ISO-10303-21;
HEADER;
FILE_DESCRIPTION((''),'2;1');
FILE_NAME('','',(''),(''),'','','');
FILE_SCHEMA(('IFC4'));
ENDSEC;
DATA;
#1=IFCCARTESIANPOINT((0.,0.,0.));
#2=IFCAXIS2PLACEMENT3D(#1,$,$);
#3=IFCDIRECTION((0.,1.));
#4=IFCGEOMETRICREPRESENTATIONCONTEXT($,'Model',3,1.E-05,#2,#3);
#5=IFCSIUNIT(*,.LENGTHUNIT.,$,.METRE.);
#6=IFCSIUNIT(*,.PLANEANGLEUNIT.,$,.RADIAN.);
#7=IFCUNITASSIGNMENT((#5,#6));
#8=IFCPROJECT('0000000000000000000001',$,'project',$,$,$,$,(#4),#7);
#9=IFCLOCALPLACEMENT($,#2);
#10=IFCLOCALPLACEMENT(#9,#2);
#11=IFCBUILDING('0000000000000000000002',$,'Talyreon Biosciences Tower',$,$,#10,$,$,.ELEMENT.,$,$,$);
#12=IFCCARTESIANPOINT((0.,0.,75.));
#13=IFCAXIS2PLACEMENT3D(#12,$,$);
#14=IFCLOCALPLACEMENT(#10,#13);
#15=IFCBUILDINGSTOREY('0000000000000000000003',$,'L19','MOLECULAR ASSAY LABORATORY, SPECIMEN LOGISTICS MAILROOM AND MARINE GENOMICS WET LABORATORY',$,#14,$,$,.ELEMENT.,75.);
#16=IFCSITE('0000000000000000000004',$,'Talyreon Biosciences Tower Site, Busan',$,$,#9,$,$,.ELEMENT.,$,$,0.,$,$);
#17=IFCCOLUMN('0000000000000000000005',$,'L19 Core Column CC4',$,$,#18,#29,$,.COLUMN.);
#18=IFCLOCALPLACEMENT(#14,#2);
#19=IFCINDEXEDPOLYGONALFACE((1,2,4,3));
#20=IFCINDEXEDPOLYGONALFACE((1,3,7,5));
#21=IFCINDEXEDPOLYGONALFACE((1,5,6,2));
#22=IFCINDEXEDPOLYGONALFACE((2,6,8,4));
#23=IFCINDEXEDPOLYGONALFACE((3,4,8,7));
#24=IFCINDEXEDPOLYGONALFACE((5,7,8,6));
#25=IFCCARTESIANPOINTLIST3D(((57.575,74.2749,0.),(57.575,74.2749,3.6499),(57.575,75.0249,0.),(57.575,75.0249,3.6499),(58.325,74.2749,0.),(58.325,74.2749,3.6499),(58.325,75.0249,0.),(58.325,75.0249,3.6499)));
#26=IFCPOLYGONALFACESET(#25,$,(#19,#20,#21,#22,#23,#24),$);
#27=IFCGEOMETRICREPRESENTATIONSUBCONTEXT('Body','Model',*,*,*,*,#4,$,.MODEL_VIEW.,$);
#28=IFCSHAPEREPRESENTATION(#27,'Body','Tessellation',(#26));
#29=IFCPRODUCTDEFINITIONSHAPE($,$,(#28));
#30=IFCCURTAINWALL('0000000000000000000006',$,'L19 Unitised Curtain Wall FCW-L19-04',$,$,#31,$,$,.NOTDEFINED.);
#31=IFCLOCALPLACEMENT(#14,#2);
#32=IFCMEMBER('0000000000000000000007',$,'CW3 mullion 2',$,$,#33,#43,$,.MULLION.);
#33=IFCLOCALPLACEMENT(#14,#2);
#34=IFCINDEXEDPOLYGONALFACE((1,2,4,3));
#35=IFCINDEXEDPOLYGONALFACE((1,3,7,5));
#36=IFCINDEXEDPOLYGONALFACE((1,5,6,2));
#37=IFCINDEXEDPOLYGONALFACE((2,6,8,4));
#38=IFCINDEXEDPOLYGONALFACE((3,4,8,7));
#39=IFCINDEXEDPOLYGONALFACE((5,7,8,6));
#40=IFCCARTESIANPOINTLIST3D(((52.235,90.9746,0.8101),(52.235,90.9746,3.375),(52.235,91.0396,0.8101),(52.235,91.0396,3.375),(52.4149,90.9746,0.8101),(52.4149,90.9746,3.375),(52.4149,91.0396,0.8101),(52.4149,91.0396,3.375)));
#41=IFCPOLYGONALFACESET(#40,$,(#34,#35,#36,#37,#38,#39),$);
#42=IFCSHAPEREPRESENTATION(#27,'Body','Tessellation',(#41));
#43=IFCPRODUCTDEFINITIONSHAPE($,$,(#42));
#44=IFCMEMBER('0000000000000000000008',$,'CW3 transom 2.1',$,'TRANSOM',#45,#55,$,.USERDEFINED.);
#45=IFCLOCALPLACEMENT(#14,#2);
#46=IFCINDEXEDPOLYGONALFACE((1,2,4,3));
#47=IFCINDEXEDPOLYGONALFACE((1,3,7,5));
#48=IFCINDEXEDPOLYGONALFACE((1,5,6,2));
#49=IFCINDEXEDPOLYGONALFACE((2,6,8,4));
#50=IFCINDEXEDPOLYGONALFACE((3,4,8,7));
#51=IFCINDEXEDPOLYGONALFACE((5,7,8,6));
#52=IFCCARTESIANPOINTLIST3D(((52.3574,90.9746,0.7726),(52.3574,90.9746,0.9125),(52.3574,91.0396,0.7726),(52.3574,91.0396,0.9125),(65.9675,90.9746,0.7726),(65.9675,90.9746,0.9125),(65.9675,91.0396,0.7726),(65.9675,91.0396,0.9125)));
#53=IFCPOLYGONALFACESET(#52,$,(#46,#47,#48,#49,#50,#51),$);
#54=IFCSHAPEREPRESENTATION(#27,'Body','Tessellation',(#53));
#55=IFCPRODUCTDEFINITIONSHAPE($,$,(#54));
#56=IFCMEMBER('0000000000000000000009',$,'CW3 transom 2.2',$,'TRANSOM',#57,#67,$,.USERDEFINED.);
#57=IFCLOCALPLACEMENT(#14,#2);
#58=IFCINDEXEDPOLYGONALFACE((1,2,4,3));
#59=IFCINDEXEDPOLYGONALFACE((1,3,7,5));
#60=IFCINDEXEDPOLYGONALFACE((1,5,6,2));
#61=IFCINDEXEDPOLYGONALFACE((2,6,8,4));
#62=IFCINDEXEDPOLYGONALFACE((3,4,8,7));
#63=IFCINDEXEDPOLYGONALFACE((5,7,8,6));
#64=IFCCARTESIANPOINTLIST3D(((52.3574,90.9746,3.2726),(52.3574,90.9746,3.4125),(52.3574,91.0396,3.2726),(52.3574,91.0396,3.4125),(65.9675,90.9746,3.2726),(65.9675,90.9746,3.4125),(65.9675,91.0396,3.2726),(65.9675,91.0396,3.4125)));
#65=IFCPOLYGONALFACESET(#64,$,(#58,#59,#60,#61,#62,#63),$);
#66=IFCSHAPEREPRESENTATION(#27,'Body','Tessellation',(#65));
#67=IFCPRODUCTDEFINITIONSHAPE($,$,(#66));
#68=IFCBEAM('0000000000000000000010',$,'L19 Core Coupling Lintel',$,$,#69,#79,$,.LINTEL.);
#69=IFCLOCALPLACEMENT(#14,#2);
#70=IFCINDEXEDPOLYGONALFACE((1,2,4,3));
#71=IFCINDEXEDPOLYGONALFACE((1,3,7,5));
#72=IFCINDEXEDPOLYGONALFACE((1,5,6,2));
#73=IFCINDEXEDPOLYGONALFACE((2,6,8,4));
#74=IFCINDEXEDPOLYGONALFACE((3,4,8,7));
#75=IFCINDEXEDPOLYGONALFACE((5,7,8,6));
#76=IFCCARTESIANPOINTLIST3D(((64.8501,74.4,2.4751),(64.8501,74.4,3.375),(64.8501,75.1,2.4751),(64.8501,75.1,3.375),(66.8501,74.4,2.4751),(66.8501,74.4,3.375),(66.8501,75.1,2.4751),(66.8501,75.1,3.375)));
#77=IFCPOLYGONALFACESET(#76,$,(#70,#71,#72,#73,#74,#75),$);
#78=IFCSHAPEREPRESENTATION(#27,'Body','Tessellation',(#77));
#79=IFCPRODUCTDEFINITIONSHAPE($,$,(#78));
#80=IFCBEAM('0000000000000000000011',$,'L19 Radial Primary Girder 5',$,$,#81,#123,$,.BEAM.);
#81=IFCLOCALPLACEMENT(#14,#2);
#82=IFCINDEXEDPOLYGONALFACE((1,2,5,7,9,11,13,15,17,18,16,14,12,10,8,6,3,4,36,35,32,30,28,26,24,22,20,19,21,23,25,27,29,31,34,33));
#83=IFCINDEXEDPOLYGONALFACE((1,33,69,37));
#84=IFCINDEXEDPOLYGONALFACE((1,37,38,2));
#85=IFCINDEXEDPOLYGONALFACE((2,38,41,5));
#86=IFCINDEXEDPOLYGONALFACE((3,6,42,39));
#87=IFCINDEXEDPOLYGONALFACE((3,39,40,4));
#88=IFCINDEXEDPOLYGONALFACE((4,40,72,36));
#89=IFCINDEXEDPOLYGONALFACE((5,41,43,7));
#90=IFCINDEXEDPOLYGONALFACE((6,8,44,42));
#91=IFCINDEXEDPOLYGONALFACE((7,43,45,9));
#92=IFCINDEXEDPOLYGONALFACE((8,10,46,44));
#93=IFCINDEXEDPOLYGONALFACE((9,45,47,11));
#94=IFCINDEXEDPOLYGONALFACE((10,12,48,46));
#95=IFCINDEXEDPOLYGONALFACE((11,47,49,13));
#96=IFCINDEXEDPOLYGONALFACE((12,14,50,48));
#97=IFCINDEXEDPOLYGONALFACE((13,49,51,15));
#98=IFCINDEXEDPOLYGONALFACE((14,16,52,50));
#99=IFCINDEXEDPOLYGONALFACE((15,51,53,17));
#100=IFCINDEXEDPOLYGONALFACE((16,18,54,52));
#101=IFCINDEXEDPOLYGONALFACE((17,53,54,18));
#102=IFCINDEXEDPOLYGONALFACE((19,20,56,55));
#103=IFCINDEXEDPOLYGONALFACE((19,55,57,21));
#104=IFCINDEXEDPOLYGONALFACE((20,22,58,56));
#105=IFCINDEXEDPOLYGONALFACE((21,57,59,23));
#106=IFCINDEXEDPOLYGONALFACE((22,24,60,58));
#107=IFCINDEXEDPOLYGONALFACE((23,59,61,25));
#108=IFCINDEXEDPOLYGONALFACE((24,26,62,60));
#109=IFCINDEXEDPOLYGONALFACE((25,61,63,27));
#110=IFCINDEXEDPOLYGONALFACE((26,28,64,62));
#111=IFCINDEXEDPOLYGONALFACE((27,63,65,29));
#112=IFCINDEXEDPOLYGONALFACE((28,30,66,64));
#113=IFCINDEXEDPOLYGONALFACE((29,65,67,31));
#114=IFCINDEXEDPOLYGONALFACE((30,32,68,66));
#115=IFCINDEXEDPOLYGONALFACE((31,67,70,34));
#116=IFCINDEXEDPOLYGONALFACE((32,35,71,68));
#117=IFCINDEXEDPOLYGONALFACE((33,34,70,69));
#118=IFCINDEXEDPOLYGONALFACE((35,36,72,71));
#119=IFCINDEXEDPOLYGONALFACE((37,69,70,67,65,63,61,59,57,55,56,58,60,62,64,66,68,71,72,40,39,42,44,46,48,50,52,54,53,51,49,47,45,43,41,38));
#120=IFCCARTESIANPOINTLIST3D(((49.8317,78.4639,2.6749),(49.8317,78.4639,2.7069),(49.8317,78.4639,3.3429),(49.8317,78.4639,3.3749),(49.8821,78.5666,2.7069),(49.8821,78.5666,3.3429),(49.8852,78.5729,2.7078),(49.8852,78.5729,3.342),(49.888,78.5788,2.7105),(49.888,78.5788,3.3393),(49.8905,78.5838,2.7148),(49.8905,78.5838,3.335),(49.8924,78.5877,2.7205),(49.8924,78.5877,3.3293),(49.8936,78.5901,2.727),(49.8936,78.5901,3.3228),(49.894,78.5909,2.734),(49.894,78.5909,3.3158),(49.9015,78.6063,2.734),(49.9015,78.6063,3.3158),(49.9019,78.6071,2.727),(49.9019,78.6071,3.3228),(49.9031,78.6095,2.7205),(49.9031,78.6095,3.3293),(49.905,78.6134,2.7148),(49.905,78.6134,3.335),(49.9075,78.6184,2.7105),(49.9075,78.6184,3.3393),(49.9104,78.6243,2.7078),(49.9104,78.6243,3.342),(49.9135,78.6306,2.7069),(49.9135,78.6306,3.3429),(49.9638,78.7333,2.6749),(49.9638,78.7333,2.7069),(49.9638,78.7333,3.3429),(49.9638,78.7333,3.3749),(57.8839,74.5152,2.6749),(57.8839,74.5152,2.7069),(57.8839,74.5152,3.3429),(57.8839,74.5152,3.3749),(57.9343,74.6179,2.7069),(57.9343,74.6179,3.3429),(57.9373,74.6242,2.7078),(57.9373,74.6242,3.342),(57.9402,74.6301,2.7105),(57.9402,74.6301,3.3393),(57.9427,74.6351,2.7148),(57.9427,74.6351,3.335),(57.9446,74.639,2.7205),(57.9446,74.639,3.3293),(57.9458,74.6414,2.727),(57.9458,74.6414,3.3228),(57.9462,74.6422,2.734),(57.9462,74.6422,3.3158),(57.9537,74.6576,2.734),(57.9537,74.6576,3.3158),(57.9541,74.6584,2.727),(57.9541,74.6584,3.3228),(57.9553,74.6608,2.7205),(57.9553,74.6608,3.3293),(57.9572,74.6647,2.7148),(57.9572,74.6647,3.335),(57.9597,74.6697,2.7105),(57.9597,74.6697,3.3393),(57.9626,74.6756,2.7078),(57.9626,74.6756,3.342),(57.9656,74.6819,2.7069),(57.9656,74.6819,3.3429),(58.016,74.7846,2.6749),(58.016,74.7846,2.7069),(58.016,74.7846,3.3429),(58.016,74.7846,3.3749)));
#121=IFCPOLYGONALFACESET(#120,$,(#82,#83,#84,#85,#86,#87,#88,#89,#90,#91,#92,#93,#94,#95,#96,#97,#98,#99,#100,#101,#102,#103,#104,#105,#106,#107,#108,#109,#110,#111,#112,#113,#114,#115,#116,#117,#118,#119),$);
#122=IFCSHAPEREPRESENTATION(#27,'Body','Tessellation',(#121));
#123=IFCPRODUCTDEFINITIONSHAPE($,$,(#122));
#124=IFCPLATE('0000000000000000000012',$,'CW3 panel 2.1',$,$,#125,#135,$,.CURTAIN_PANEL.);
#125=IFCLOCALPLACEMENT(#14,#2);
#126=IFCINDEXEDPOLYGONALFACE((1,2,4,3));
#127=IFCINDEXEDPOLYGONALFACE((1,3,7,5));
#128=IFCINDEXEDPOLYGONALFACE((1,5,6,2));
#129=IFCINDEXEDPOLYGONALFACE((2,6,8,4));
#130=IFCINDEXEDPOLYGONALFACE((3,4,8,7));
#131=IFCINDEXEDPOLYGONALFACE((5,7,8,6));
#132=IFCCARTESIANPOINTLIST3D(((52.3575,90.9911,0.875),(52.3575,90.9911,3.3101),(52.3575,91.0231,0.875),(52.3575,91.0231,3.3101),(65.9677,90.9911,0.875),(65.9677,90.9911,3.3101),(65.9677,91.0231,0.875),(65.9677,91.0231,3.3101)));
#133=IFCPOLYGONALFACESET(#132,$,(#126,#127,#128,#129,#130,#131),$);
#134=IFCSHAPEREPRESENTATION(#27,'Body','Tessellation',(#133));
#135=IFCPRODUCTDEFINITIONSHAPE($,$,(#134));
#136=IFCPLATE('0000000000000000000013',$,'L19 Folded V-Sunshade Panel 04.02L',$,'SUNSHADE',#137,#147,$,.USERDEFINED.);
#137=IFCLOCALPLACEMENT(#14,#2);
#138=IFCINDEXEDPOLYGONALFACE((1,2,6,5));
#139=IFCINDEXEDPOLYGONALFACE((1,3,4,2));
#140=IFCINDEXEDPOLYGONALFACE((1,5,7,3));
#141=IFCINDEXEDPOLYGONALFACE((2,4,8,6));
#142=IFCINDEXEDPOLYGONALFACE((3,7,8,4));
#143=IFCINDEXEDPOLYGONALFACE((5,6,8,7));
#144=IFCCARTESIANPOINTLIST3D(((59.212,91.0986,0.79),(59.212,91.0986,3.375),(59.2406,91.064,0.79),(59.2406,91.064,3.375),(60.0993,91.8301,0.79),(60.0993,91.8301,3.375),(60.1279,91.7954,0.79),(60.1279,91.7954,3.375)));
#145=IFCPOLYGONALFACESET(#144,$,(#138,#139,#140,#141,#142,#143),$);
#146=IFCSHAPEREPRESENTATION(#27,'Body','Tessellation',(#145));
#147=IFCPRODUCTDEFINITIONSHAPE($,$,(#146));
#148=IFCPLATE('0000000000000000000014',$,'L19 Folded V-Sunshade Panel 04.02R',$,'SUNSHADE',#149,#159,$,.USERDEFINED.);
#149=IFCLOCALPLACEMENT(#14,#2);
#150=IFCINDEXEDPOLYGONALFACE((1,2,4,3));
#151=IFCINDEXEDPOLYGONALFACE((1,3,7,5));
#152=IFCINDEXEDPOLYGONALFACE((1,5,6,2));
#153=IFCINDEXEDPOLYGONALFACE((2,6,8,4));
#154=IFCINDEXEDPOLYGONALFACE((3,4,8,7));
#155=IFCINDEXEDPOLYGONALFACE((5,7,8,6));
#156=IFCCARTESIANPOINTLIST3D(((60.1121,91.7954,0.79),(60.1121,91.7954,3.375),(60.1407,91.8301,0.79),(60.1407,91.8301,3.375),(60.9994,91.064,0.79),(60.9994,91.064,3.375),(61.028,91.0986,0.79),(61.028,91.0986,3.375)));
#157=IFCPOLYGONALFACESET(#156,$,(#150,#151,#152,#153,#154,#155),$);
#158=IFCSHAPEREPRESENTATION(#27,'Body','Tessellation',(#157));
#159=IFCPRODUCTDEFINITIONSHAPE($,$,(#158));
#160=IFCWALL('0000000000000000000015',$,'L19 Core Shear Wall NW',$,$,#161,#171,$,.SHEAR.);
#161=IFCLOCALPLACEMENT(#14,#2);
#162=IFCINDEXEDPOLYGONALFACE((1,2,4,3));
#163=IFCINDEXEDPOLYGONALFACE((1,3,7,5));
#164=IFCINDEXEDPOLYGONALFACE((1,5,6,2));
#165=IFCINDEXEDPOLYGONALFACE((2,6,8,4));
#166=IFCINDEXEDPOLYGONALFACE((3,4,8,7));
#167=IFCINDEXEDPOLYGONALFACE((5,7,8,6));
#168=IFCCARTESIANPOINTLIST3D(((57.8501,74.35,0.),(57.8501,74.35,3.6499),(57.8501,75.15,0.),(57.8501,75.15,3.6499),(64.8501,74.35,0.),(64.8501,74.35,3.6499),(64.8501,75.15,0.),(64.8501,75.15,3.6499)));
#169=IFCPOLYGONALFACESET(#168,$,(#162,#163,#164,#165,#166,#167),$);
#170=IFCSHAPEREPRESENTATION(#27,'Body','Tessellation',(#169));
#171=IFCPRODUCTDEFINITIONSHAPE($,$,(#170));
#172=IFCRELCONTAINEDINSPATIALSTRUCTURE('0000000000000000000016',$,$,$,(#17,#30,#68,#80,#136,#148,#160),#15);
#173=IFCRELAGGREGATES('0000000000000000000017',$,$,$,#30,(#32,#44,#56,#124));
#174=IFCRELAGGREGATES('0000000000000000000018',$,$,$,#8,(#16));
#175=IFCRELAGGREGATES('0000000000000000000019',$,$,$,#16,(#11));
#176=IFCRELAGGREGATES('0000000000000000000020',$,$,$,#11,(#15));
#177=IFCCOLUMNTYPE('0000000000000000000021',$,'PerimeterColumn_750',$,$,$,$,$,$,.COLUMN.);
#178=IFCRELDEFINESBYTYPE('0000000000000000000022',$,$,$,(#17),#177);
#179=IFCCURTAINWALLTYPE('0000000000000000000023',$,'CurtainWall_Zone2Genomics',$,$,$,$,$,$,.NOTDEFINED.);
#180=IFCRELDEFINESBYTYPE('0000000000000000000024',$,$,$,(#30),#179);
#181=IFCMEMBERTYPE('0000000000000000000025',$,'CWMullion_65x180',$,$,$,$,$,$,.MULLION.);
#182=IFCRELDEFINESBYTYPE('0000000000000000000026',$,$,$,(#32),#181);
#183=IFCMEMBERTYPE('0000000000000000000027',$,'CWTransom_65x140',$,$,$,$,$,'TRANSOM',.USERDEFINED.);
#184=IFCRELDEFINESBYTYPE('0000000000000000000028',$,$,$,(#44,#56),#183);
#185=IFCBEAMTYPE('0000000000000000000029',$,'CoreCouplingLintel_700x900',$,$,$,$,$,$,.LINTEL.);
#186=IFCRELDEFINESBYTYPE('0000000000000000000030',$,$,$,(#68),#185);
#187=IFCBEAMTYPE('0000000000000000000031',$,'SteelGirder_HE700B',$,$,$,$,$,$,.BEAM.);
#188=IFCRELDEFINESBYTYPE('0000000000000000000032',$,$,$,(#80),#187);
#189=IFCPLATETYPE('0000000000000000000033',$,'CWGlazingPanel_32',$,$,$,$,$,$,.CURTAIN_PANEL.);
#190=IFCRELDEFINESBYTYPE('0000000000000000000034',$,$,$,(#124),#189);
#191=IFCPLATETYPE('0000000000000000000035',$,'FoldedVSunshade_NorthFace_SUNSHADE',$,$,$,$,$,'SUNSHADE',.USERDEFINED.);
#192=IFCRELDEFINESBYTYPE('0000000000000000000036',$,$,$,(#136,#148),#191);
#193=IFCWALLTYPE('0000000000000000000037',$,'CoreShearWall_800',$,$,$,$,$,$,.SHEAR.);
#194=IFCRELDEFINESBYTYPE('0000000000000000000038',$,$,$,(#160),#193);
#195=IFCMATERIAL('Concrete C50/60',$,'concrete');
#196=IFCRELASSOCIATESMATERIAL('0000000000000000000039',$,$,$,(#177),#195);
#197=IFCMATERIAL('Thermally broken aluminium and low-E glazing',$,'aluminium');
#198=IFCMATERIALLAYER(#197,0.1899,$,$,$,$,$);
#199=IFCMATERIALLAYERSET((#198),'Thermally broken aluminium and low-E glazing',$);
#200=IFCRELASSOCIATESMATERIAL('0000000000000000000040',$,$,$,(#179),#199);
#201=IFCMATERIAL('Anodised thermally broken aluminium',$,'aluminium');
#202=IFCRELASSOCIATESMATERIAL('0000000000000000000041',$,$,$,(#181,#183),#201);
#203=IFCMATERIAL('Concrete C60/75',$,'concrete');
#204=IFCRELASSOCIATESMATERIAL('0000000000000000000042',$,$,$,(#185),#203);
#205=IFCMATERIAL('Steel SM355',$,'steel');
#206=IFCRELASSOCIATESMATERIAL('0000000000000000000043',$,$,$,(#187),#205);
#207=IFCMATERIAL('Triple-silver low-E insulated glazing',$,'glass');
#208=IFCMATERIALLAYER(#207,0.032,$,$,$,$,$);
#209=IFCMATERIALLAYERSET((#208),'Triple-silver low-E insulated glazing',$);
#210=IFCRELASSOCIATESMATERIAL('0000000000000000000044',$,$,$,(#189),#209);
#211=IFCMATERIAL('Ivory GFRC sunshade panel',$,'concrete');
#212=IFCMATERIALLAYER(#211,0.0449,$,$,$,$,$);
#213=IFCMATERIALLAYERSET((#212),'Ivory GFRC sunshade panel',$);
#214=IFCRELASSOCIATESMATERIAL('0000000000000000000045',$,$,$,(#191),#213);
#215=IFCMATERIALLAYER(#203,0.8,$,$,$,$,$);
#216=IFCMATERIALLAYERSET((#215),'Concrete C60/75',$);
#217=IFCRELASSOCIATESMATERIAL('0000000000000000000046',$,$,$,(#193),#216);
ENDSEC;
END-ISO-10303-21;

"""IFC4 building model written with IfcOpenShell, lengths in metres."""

from ifc_helpers import new_model, si_unit, direction, frame, frame_2d, origin, origin_2d, place, context, subcontext, project, spatial, rectangle, i_section, extrude, material, layer, layer_set, material_profile, profile_set, type_object, element, aggregate, save


model = new_model("IFC4")

# Units and contexts
model_context = context("Model", 3, precision=1e-05, world=origin(), true_north=direction((0.0, 1.0)))
body_context = subcontext(model_context, "Body", "Model", "MODEL_VIEW")
ifc_project = project(units=[si_unit("LENGTHUNIT", "METRE"), si_unit("PLANEANGLEUNIT", "RADIAN")], contexts=[model_context])

# Site, building, storey
site_placement = place(None, origin())
site = spatial("IfcSite", under=ifc_project, at=site_placement, Name="Talyreon Biosciences Tower Site, Busan", CompositionType="ELEMENT", RefElevation=0.0)
building_placement = place(site_placement, origin())
building = spatial("IfcBuilding", under=site, at=building_placement, Name="Talyreon Biosciences Tower", CompositionType="ELEMENT")
storey_placement = place(building_placement, frame((0.0, 0.0, 75.0)))
storey = spatial("IfcBuildingStorey", under=building, at=storey_placement, Name="L19", Description="MOLECULAR ASSAY LABORATORY, SPECIMEN LOGISTICS MAILROOM AND MARINE GENOMICS WET LABORATORY", CompositionType="ELEMENT", Elevation=75.0)

# Column
ifc_material_1 = material(Name="Concrete C50/60", Category="concrete")
ifc_material_profile_1 = material_profile(ifc_material_1, rectangle(XDim=0.75, YDim=0.75, at=origin_2d()), Name="RC 750x750")
ifc_profile_set_1 = profile_set([ifc_material_profile_1], Name="Concrete C50/60")
column_type = type_object("IfcColumnType", Name="PerimeterColumn_750", PredefinedType="COLUMN", material=ifc_profile_set_1)
column_placement = place(storey_placement, frame((57.95, 74.6499, 0.0), z_axis=(0.0, 0.0, 1.0), x_axis=(1.0, 0.0, 0.0)))
element("IfcColumn", 1, at=column_placement, inside=storey, type_object=column_type, Name="L19 Core Column CC4", PredefinedType="COLUMN", context=body_context, shape_type="SweptSolid", body=[
    extrude(rectangle(XDim=0.75, YDim=0.75, at=origin_2d()), origin(), (0.0, 0.0, 1.0), 3.6499),
])

# Curtain wall, members
ifc_material_2 = material(Name="Thermally broken aluminium and low-E glazing", Category="aluminium")
ifc_layer_1 = layer(ifc_material_2, 0.1899)
ifc_layer_set_1 = layer_set([ifc_layer_1], Name="Thermally broken aluminium and low-E glazing")
curtain_wall_type = type_object("IfcCurtainWallType", Name="CurtainWall_Zone2Genomics", PredefinedType="NOTDEFINED", material=ifc_layer_set_1)
curtain_wall_placement = place(storey_placement, origin())
curtain_wall = element("IfcCurtainWall", 2, at=curtain_wall_placement, inside=storey, type_object=curtain_wall_type, Name="L19 Unitised Curtain Wall FCW-L19-04", PredefinedType="NOTDEFINED")
ifc_material_3 = material(Name="Anodised thermally broken aluminium", Category="aluminium")
ifc_material_profile_2 = material_profile(ifc_material_3, rectangle(XDim=0.0649, YDim=0.1799, at=origin_2d()), Name="ALUM MULLION 65x180")
ifc_profile_set_2 = profile_set([ifc_material_profile_2], Name="Anodised thermally broken aluminium")
member_type_1 = type_object("IfcMemberType", Name="CWMullion_65x180", PredefinedType="MULLION", material=ifc_profile_set_2)
member_1_placement = place(storey_placement, frame((52.325, 91.0071, 0.8101), z_axis=(0.0, 0.0, 1.0), x_axis=(0.0, 1.0, 0.0)))
member_1 = element("IfcMember", 3, at=member_1_placement, type_object=member_type_1, Name="CW3 mullion 2", PredefinedType="MULLION", context=body_context, shape_type="SweptSolid", body=[
    extrude(rectangle(XDim=0.0649, YDim=0.1799, at=origin_2d()), origin(), (0.0, 0.0, 1.0), 2.5649),
])
ifc_material_profile_3 = material_profile(ifc_material_3, rectangle(XDim=0.0649, YDim=0.1399, at=origin_2d()), Name="ALUM TRANSOM 65x140")
ifc_profile_set_3 = profile_set([ifc_material_profile_3], Name="Anodised thermally broken aluminium")
member_type_2 = type_object("IfcMemberType", Name="CWTransom_65x140", ElementType="TRANSOM", PredefinedType="USERDEFINED", material=ifc_profile_set_3)
member_2_placement = place(storey_placement, frame((52.3574, 91.0071, 0.8425), z_axis=(1.0, 0.0, 0.0), x_axis=(0.0, 1.0, 0.0)))
member_2 = element("IfcMember", 4, at=member_2_placement, type_object=member_type_2, Name="CW3 transom 2.1", ObjectType="TRANSOM", PredefinedType="USERDEFINED", context=body_context, shape_type="SweptSolid", body=[
    extrude(rectangle(XDim=0.0649, YDim=0.1399, at=origin_2d()), origin(), (0.0, 0.0, 1.0), 13.6101),
])
member_3_placement = place(storey_placement, frame((52.3574, 91.0071, 3.3425), z_axis=(1.0, 0.0, 0.0), x_axis=(0.0, 1.0, 0.0)))
member_3 = element("IfcMember", 5, at=member_3_placement, type_object=member_type_2, Name="CW3 transom 2.2", ObjectType="TRANSOM", PredefinedType="USERDEFINED", context=body_context, shape_type="SweptSolid", body=[
    extrude(rectangle(XDim=0.0649, YDim=0.1399, at=origin_2d()), origin(), (0.0, 0.0, 1.0), 13.6101),
])

# Beams
ifc_material_4 = material(Name="Concrete C60/75", Category="concrete")
ifc_material_profile_4 = material_profile(ifc_material_4, rectangle(XDim=0.7, YDim=0.8999, at=origin_2d()), Name="RCB 700x900")
ifc_profile_set_4 = profile_set([ifc_material_profile_4], Name="Concrete C60/75")
beam_type_1 = type_object("IfcBeamType", Name="CoreCouplingLintel_700x900", PredefinedType="LINTEL", material=ifc_profile_set_4)
beam_1_placement = place(storey_placement, frame((64.8501, 74.75, 2.925), z_axis=(1.0, 0.0, 0.0), x_axis=(0.0, 1.0, 0.0)))
element("IfcBeam", 6, at=beam_1_placement, inside=storey, type_object=beam_type_1, Name="L19 Core Coupling Lintel", PredefinedType="LINTEL", context=body_context, shape_type="SweptSolid", body=[
    extrude(rectangle(XDim=0.7, YDim=0.8999, at=origin_2d()), origin(), (0.0, 0.0, 1.0), 2.0),
])
ifc_material_5 = material(Name="Steel SM355", Category="steel")
ifc_material_profile_5 = material_profile(ifc_material_5, i_section(OverallWidth=0.3, OverallDepth=0.7, WebThickness=0.0171, FlangeThickness=0.032, FilletRadius=0.0271, at=origin_2d()), Name="HE700B")
ifc_profile_set_5 = profile_set([ifc_material_profile_5], Name="Steel SM355")
beam_type_2 = type_object("IfcBeamType", Name="SteelGirder_HE700B", PredefinedType="BEAM", material=ifc_profile_set_5)
beam_2_placement = place(storey_placement, frame((57.95, 74.6499, 3.0249), z_axis=(-0.897852, 0.440297, 0.0), x_axis=(-0.440297, -0.897852, 0.0)))
element("IfcBeam", 7, at=beam_2_placement, inside=storey, type_object=beam_type_2, Name="L19 Radial Primary Girder 5", PredefinedType="BEAM", context=body_context, shape_type="SweptSolid", body=[
    extrude(i_section(OverallWidth=0.3, OverallDepth=0.7, WebThickness=0.0171, FlangeThickness=0.032, FilletRadius=0.0271, at=origin_2d()), origin(), (0.0, 0.0, 1.0), 8.9683),
])

# Plate
ifc_material_6 = material(Name="Triple-silver low-E insulated glazing", Category="glass")
ifc_layer_2 = layer(ifc_material_6, 0.032)
ifc_layer_set_2 = layer_set([ifc_layer_2], Name="Triple-silver low-E insulated glazing")
plate_type_1 = type_object("IfcPlateType", Name="CWGlazingPanel_32", PredefinedType="CURTAIN_PANEL", material=ifc_layer_set_2)
plate_placement = place(storey_placement, frame((59.1626, 91.0071, 0.875), z_axis=(0.0, 0.0, 1.0), x_axis=(1.0, 0.0, 0.0)))
plate = element("IfcPlate", 8, at=plate_placement, type_object=plate_type_1, Name="CW3 panel 2.1", PredefinedType="CURTAIN_PANEL", context=body_context, shape_type="SweptSolid", body=[
    extrude(rectangle(XDim=13.6101, YDim=0.032, at=origin_2d()), origin(), (0.0, 0.0, 1.0), 2.4351),
])
aggregate(curtain_wall, [member_1, member_2, member_3, plate])

# Plates
ifc_material_7 = material(Name="Ivory GFRC sunshade panel", Category="concrete")
ifc_layer_3 = layer(ifc_material_7, 0.0449)
ifc_layer_set_3 = layer_set([ifc_layer_3], Name="Ivory GFRC sunshade panel")
plate_type_2 = type_object("IfcPlateType", Name="FoldedVSunshade_NorthFace_SUNSHADE", ElementType="SUNSHADE", PredefinedType="USERDEFINED", material=ifc_layer_set_3)
for number, where, z_axis, x_axis, name in (
    (9, (59.6699, 91.447, 0.79), (0.0, 0.0, 1.0), (0.771625, 0.636078, 0.0), "L19 Folded V-Sunshade Panel 04.02L"),
    (10, (60.5701, 91.447, 0.79), (0.0, 0.0, 1.0), (0.771625, -0.636078, 0.0), "L19 Folded V-Sunshade Panel 04.02R"),
):
    element("IfcPlate", number, at=place(storey_placement, frame(where, z_axis=z_axis, x_axis=x_axis)), inside=storey, type_object=plate_type_2, Name=name, ObjectType="SUNSHADE", PredefinedType="USERDEFINED", context=body_context, shape_type="SweptSolid", body=[
        extrude(rectangle(XDim=1.1499, YDim=0.0449, at=origin_2d()), origin(), (0.0, 0.0, 1.0), 2.585),
    ])

# Wall
ifc_layer_4 = layer(ifc_material_4, 0.8)
ifc_layer_set_4 = layer_set([ifc_layer_4], Name="Concrete C60/75")
wall_type_1 = type_object("IfcWallType", Name="CoreShearWall_800", PredefinedType="SHEAR", material=ifc_layer_set_4)
wall_1_placement = place(storey_placement, frame((64.8501, 74.75, 0.0), z_axis=(0.0, 0.0, 1.0), x_axis=(-1.0, 0.0, 0.0)))
element("IfcWall", 11, at=wall_1_placement, inside=storey, type_object=wall_type_1, Name="L19 Core Shear Wall NW", PredefinedType="SHEAR", context=body_context, shape_type="SweptSolid", body=[
    extrude(rectangle(XDim=7.0, YDim=0.8, at=frame_2d((3.5, 0.0))), origin(), (0.0, 0.0, 1.0), 3.6499),
])

save(model, "model.ifc")
